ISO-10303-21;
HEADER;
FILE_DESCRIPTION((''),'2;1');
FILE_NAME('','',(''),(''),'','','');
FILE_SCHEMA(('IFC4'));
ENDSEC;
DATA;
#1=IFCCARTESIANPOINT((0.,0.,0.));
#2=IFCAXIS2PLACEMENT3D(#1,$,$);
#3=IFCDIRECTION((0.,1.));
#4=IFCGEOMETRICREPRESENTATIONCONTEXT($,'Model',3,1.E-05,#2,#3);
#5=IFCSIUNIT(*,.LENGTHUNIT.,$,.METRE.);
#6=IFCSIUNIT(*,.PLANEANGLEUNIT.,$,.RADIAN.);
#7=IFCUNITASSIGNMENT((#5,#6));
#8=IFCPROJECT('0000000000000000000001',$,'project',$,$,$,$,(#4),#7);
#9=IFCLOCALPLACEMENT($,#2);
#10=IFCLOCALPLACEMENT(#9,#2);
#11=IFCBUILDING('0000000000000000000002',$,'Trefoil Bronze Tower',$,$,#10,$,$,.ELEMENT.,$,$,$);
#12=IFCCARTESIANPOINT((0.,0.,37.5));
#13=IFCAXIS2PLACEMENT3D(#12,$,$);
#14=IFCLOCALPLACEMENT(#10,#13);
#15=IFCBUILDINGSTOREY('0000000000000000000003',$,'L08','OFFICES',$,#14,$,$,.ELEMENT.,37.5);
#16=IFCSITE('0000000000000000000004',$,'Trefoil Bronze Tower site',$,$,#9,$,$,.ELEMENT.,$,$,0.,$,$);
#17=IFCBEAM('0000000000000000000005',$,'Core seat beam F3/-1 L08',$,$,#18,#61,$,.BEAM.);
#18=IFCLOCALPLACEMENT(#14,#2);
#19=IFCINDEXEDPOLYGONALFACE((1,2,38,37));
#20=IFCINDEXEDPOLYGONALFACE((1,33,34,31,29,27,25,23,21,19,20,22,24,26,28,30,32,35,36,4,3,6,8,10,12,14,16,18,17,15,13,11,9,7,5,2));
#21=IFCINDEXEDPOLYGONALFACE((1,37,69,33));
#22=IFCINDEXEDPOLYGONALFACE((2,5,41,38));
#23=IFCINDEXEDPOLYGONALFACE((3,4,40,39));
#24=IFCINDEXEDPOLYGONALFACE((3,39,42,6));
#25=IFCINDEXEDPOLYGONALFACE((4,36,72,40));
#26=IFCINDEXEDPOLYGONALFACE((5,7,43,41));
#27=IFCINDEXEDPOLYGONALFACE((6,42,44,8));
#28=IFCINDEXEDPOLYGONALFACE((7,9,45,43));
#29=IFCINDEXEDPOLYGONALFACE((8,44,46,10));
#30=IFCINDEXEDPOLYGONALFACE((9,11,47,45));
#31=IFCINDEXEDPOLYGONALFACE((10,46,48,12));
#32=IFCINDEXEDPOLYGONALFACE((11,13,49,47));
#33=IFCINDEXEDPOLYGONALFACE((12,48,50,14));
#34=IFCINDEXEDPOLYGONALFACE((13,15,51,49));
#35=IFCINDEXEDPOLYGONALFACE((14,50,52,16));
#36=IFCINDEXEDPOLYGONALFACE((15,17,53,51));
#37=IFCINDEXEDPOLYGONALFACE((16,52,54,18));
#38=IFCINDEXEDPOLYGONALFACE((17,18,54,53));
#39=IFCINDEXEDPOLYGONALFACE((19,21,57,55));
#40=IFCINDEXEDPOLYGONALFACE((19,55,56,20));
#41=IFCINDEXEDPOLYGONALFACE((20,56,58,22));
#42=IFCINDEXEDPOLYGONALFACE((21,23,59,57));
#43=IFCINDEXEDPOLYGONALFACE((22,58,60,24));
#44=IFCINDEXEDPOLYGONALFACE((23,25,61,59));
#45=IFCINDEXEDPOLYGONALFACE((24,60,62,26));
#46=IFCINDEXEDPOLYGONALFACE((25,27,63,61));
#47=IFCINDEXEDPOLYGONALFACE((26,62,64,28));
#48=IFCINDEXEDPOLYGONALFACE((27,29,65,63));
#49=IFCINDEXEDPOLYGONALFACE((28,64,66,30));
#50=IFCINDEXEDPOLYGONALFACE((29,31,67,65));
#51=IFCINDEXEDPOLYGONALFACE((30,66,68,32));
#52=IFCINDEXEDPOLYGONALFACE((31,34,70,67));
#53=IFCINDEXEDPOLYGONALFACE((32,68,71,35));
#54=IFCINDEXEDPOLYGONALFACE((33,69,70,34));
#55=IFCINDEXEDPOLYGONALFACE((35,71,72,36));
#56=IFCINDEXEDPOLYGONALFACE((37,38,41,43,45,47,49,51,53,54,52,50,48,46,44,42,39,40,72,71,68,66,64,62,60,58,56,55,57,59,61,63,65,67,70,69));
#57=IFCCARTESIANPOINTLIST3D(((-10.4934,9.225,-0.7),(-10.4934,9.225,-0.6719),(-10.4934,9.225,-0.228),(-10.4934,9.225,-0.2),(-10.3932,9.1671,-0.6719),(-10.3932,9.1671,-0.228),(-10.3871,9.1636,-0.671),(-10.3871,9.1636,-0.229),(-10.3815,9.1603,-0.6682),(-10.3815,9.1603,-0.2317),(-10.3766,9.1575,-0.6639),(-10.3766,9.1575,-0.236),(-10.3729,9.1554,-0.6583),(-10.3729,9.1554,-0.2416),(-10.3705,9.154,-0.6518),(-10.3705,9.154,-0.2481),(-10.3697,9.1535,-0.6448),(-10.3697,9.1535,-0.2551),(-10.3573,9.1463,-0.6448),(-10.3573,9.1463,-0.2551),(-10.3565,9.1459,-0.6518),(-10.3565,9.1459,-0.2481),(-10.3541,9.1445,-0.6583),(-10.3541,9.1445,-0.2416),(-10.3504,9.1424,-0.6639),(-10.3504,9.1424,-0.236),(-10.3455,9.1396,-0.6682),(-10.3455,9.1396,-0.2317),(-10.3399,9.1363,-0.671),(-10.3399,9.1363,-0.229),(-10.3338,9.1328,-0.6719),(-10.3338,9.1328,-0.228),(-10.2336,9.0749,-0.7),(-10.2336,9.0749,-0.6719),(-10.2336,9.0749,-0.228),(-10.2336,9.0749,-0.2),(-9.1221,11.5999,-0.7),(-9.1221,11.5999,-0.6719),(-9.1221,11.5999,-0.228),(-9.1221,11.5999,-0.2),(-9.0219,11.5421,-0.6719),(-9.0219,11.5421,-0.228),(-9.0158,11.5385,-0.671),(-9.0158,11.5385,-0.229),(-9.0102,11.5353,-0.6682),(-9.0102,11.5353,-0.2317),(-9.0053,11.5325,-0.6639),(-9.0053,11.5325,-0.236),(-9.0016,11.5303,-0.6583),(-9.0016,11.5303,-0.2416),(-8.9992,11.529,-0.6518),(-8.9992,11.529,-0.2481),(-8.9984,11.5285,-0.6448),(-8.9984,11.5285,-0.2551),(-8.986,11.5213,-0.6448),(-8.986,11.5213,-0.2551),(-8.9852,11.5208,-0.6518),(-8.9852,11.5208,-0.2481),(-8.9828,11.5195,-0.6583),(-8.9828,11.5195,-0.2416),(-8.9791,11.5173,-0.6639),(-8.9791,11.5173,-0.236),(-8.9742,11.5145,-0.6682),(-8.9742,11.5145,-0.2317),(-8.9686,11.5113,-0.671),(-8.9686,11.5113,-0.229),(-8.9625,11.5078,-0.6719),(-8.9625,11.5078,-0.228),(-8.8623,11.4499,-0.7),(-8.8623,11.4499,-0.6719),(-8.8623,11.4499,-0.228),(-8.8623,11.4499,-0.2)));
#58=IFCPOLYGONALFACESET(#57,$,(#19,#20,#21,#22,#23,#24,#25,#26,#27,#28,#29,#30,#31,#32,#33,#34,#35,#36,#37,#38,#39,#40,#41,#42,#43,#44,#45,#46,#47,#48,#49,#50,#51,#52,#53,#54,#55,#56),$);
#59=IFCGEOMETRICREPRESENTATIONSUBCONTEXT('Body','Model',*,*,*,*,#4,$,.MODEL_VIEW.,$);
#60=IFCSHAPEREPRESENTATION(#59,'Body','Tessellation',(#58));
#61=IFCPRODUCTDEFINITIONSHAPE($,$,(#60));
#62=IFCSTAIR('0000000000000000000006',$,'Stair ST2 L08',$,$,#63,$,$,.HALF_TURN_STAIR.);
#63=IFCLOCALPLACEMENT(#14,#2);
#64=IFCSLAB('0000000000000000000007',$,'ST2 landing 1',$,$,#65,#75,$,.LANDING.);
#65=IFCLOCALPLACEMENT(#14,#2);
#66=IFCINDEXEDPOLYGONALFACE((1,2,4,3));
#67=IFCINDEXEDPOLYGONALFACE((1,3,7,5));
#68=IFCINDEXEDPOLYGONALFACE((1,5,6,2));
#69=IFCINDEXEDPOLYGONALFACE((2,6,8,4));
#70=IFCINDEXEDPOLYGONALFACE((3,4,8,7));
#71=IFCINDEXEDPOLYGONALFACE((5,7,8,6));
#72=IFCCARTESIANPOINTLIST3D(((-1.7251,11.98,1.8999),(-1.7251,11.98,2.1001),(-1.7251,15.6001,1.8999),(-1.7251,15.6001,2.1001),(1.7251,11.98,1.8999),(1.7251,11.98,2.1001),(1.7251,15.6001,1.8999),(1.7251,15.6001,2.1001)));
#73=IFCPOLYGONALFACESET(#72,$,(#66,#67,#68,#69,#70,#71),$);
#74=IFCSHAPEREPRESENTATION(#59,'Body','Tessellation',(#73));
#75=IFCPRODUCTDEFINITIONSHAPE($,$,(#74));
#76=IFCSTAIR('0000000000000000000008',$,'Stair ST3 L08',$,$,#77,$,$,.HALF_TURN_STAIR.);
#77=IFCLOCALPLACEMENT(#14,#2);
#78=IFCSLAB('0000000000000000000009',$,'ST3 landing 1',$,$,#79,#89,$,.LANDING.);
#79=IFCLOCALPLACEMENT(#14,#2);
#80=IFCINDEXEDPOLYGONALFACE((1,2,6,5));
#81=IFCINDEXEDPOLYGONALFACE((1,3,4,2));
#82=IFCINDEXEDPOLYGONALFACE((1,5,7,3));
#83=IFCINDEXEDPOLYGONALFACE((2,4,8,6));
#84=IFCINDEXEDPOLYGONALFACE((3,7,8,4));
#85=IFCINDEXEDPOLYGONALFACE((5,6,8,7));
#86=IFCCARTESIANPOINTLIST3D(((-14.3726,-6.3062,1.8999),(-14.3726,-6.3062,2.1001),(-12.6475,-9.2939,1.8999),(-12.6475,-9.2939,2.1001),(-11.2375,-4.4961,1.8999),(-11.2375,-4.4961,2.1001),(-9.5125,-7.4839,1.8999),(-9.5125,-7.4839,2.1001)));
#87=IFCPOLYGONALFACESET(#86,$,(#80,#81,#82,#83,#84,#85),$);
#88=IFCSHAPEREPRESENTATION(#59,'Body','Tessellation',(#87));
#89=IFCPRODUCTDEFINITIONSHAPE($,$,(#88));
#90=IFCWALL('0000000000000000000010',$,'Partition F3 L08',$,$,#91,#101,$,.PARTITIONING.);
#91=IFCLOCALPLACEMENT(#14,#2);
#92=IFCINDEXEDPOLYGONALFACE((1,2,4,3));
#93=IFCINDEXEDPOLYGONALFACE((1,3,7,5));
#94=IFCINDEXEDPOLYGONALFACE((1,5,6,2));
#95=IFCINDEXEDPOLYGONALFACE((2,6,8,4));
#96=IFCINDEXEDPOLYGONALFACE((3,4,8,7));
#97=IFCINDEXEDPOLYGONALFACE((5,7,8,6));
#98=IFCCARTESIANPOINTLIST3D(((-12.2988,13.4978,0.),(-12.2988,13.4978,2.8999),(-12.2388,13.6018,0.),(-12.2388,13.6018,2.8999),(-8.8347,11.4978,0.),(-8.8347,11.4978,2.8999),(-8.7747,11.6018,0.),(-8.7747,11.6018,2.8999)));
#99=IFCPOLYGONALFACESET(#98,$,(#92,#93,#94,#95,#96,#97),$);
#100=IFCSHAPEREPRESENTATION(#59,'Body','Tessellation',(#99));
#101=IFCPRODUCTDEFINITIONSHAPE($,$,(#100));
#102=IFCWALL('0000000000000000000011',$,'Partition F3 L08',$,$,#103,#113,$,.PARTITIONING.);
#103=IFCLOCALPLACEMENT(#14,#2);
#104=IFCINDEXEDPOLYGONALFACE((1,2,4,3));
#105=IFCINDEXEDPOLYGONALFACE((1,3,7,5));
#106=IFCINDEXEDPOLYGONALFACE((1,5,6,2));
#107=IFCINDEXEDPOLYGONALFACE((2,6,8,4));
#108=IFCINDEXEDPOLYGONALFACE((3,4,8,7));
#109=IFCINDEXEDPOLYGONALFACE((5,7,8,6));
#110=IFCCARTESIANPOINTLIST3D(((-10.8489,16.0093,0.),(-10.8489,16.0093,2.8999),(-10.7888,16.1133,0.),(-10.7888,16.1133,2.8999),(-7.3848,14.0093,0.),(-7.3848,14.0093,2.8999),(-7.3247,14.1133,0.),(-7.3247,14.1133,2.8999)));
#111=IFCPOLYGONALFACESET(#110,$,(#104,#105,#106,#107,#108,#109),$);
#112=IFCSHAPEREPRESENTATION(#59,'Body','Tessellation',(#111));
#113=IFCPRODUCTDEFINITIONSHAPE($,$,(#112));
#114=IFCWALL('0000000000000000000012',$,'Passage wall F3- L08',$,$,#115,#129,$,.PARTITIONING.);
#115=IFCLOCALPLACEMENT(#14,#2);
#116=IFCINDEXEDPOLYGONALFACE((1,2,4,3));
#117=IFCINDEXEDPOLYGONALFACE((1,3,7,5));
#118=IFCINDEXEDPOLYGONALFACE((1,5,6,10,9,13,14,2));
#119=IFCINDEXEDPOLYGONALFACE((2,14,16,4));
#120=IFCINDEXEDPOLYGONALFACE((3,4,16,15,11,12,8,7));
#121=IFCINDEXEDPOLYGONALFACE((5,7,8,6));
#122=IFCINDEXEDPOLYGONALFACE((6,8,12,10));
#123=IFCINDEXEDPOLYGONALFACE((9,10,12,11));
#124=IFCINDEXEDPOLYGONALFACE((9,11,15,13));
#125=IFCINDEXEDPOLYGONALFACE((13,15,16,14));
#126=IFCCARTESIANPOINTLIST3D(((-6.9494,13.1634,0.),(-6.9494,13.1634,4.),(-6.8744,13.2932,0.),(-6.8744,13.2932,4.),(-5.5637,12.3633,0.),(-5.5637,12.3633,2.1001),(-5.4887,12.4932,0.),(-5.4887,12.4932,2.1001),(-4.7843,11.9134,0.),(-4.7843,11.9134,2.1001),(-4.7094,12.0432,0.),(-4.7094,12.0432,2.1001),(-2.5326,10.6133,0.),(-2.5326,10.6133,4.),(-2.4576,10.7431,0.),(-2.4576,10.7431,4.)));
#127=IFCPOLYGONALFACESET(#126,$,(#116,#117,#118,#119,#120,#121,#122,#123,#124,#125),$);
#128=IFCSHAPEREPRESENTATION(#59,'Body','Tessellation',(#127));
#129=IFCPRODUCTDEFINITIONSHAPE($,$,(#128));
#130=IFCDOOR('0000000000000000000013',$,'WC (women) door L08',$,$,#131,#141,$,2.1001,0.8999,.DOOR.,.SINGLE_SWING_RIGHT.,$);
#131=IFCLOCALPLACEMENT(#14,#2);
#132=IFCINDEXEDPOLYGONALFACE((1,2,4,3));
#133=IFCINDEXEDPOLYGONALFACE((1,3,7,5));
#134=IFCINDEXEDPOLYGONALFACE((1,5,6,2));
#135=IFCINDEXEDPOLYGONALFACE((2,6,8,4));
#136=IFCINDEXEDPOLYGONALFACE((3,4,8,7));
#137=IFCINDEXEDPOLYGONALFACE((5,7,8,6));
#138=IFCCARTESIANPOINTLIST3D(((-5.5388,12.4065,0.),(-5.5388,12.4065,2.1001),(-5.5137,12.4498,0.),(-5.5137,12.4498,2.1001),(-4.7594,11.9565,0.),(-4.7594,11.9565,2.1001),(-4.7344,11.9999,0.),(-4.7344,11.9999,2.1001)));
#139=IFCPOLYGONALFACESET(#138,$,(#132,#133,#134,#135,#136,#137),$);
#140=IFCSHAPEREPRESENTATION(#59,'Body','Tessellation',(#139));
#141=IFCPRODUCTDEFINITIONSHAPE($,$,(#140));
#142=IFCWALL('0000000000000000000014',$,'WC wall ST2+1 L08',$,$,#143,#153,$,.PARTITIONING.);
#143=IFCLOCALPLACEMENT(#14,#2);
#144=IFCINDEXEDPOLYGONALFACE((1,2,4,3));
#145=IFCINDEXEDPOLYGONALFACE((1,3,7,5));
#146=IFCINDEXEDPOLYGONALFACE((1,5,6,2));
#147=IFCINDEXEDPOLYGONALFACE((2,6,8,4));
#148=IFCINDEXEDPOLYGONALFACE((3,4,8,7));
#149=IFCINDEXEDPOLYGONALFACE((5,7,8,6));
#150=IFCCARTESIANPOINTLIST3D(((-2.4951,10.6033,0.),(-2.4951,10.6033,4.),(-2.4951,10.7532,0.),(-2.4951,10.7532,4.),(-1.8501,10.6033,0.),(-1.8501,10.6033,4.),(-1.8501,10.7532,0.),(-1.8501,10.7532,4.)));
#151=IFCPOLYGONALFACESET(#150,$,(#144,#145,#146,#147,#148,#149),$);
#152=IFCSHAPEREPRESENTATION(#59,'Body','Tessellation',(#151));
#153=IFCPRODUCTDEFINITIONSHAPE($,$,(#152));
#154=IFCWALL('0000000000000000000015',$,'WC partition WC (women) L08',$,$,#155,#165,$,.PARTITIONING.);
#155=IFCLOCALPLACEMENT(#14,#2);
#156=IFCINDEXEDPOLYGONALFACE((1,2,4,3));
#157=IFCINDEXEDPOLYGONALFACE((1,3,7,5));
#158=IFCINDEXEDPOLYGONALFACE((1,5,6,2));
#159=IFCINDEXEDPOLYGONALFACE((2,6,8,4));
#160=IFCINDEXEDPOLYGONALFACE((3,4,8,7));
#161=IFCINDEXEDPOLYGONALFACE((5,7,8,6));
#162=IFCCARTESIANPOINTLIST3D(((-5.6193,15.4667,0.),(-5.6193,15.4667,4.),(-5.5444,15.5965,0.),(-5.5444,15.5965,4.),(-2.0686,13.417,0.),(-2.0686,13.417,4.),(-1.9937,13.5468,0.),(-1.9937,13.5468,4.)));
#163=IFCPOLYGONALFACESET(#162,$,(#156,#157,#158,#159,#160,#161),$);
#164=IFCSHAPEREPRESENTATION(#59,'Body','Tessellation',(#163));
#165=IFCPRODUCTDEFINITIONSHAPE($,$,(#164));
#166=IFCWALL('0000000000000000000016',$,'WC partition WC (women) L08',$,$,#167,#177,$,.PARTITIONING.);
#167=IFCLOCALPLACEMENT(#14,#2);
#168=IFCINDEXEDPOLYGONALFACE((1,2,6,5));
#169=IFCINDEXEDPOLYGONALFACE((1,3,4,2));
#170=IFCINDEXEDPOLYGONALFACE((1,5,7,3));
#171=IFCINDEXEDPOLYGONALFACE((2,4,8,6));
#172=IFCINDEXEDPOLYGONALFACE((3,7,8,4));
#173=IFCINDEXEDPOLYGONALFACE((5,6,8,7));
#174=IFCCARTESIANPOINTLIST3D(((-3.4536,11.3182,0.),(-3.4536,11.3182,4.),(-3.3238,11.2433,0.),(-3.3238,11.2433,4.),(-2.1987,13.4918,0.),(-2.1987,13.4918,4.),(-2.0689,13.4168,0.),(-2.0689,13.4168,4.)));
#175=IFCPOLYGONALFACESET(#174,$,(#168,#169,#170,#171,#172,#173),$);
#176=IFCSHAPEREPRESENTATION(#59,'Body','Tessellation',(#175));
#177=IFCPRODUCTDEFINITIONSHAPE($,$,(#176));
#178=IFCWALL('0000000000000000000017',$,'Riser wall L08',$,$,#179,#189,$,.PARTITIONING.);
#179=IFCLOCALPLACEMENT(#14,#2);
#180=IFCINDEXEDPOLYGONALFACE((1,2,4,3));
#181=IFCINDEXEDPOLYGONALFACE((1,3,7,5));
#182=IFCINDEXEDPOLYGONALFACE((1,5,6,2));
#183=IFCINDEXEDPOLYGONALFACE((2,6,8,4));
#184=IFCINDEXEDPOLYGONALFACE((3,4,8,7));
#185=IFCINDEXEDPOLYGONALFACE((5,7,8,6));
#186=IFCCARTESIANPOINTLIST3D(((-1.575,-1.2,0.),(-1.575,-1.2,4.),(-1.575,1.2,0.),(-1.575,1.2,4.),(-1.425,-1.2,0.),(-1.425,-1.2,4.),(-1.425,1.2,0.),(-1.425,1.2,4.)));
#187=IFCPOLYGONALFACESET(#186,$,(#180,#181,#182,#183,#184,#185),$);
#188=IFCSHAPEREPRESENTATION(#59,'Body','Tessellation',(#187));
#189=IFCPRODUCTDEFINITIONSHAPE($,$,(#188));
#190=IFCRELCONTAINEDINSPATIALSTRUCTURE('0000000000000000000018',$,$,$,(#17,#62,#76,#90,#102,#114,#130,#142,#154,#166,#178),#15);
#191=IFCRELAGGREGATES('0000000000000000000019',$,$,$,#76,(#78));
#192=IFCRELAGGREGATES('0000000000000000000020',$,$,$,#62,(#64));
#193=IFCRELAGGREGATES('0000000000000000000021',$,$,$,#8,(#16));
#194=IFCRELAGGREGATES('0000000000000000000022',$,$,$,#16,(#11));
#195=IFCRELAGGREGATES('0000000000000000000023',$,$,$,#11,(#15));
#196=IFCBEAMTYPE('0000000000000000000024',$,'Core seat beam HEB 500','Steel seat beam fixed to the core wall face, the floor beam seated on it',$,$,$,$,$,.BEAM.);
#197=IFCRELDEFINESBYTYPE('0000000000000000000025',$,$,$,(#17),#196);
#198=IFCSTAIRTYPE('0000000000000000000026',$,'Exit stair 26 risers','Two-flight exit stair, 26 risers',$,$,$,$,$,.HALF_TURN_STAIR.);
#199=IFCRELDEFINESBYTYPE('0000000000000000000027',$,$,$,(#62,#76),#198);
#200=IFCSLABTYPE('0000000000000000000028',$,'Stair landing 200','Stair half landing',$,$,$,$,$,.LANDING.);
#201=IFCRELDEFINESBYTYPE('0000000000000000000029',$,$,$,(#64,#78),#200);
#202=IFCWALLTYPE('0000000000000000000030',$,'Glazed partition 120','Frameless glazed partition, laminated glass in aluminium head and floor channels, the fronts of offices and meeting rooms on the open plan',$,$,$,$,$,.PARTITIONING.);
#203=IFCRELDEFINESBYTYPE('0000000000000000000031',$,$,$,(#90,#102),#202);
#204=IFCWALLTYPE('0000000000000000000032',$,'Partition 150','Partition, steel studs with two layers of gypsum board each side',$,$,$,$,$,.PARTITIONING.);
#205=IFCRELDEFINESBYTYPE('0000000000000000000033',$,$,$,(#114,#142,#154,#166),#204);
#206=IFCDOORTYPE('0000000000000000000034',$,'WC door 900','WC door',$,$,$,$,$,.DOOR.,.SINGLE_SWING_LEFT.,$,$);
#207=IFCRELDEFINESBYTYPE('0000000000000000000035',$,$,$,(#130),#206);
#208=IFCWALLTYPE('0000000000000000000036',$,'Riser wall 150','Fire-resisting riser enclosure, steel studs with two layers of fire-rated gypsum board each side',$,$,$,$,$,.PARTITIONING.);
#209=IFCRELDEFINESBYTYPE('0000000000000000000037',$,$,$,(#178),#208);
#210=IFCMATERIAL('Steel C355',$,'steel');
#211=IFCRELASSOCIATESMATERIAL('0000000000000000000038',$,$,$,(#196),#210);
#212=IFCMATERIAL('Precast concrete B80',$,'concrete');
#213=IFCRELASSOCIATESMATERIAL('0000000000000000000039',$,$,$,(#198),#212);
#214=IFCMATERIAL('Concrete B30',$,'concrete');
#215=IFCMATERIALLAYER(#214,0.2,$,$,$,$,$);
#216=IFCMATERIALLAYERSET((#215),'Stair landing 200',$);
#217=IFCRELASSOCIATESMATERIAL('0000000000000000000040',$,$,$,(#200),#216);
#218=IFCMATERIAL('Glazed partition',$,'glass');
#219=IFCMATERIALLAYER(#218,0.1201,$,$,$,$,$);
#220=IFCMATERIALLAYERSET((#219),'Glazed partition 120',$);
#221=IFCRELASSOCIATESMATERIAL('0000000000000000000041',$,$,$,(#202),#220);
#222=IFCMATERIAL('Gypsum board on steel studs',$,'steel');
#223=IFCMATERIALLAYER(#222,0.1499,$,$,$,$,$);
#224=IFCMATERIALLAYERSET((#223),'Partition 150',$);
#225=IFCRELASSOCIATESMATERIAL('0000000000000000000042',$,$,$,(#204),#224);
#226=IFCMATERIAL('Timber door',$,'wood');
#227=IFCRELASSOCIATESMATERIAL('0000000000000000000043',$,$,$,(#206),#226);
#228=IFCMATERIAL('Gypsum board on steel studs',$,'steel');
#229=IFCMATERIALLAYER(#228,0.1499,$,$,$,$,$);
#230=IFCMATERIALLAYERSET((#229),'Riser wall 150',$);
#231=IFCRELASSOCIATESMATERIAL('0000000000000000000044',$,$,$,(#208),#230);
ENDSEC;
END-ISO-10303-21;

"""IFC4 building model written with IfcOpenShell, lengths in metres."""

from ifc_helpers import new_model, si_unit, direction, frame, frame_2d, origin, origin_2d, place, context, subcontext, project, spatial, polyline, rectangle, i_section, outline, extrude, material, layer, layer_set, material_profile, profile_set, type_object, element, fill, aggregate, save


model = new_model("IFC4")

# Units and contexts
model_context = context("Model", 3, precision=1e-05, world=origin(), true_north=direction((0.0, 1.0)))
body_context = subcontext(model_context, "Body", "Model", "MODEL_VIEW")
ifc_project = project(units=[si_unit("LENGTHUNIT", "METRE"), si_unit("PLANEANGLEUNIT", "RADIAN")], contexts=[model_context])

# Site, building, storey
site_placement = place(None, origin())
site = spatial("IfcSite", under=ifc_project, at=site_placement, Name="Trefoil Bronze Tower site", CompositionType="ELEMENT", RefElevation=0.0)
building_placement = place(site_placement, origin())
building = spatial("IfcBuilding", under=site, at=building_placement, Name="Trefoil Bronze Tower", CompositionType="ELEMENT")
storey_placement = place(building_placement, frame((0.0, 0.0, 37.5)))
storey = spatial("IfcBuildingStorey", under=building, at=storey_placement, Name="L08", Description="OFFICES", CompositionType="ELEMENT", Elevation=37.5)

# Beam
ifc_material_1 = material(Name="Steel C355", Category="steel")
ifc_material_profile = material_profile(ifc_material_1, i_section(OverallWidth=0.3, OverallDepth=0.5, WebThickness=0.0144, FlangeThickness=0.0281, FilletRadius=0.0271, at=origin_2d()), Name="HEB 500")
ifc_profile_set = profile_set([ifc_material_profile], Name="Steel C355")
beam_type = type_object("IfcBeamType", Name="Core seat beam HEB 500", Description="Steel seat beam fixed to the core wall face, the floor beam seated on it", PredefinedType="BEAM", material=ifc_profile_set)
beam_placement = place(storey_placement, frame((-8.9922, 11.5249, -0.45), z_axis=(-0.500036, -0.866005, 0.0), x_axis=(0.866005, -0.500036, 0.0)))
element("IfcBeam", 1, at=beam_placement, inside=storey, type_object=beam_type, Name="Core seat beam F3/-1 L08", PredefinedType="BEAM", context=body_context, shape_type="SweptSolid", body=[
    extrude(i_section(OverallWidth=0.3, OverallDepth=0.5, WebThickness=0.0144, FlangeThickness=0.0281, FilletRadius=0.0271, at=origin_2d()), origin(), (0.0, 0.0, 1.0), 2.7424),
])

# Stairs, slabs
ifc_material_2 = material(Name="Precast concrete B80", Category="concrete")
stair_type = type_object("IfcStairType", Name="Exit stair 26 risers", Description="Two-flight exit stair, 26 risers", PredefinedType="HALF_TURN_STAIR", material=ifc_material_2)
stair_1_placement = place(storey_placement, origin())
stair_1 = element("IfcStair", 2, at=stair_1_placement, inside=storey, type_object=stair_type, Name="Stair ST2 L08", PredefinedType="HALF_TURN_STAIR")
ifc_material_3 = material(Name="Concrete B30", Category="concrete")
ifc_layer_1 = layer(ifc_material_3, 0.2)
ifc_layer_set_1 = layer_set([ifc_layer_1], Name="Stair landing 200")
slab_type = type_object("IfcSlabType", Name="Stair landing 200", Description="Stair half landing", PredefinedType="LANDING", material=ifc_layer_set_1)
slab_1_placement = place(storey_placement, frame((0.0, 0.0, 1.8999)))
slab_1 = element("IfcSlab", 3, at=slab_1_placement, type_object=slab_type, Name="ST2 landing 1", PredefinedType="LANDING", context=body_context, shape_type="SweptSolid", body=[
    extrude(outline(polyline([(1.7251, 11.98), (1.7251, 15.6001), (-1.7251, 15.6001), (-1.7251, 11.98), (1.7251, 11.98)])), origin(), (0.0, 0.0, 1.0), 0.2002),
])
stair_2_placement = place(storey_placement, origin())
stair_2 = element("IfcStair", 4, at=stair_2_placement, inside=storey, type_object=stair_type, Name="Stair ST3 L08", PredefinedType="HALF_TURN_STAIR")
slab_2_placement = place(storey_placement, frame((0.0, 0.0, 1.8999)))
slab_2 = element("IfcSlab", 5, at=slab_2_placement, type_object=slab_type, Name="ST3 landing 1", PredefinedType="LANDING", context=body_context, shape_type="SweptSolid", body=[
    extrude(outline(polyline([(-11.2375, -4.4961), (-14.3726, -6.3062), (-12.6475, -9.2939), (-9.5125, -7.4839), (-11.2375, -4.4961)])), origin(), (0.0, 0.0, 1.0), 0.2002),
])
aggregate(stair_2, [slab_2])

# Walls
ifc_material_4 = material(Name="Glazed partition", Category="glass")
ifc_layer_2 = layer(ifc_material_4, 0.1201)
ifc_layer_set_2 = layer_set([ifc_layer_2], Name="Glazed partition 120")
wall_type_1 = type_object("IfcWallType", Name="Glazed partition 120", Description="Frameless glazed partition, laminated glass in aluminium head and floor channels, the fronts of offices and meeting rooms on the open plan", PredefinedType="PARTITIONING", material=ifc_layer_set_2)
for number, where, z_axis, x_axis, name in (
    (6, (-8.8047, 11.5498, 0.0), (0.0, 0.0, 1.0), (-0.866026, 0.499999, 0.0), "Partition F3 L08"),
    (7, (-7.3547, 14.0613, 0.0), (0.0, 0.0, 1.0), (-0.866026, 0.499999, 0.0), "Partition F3 L08"),
):
    element("IfcWall", number, at=place(storey_placement, frame(where, z_axis=z_axis, x_axis=x_axis)), inside=storey, type_object=wall_type_1, Name=name, PredefinedType="PARTITIONING", context=body_context, shape_type="SweptSolid", body=[
        extrude(rectangle(XDim=4.0, YDim=0.1201, at=frame_2d((2.0, 0.0))), origin(), (0.0, 0.0, 1.0), 2.8999),
    ])

# Wall, opening, door
ifc_material_5 = material(Name="Gypsum board on steel studs", Category="steel")
ifc_layer_3 = layer(ifc_material_5, 0.1499)
ifc_layer_set_3 = layer_set([ifc_layer_3], Name="Partition 150")
wall_type_2 = type_object("IfcWallType", Name="Partition 150", Description="Partition, steel studs with two layers of gypsum board each side", PredefinedType="PARTITIONING", material=ifc_layer_set_3)
wall_1_placement = place(storey_placement, frame((-2.4951, 10.6782, 0.0), z_axis=(0.0, 0.0, 1.0), x_axis=(-0.866022, 0.500006, 0.0)))
wall_1 = element("IfcWall", 8, at=wall_1_placement, inside=storey, type_object=wall_type_2, Name="Passage wall F3- L08", PredefinedType="PARTITIONING", context=body_context, shape_type="SweptSolid", body=[
    extrude(rectangle(XDim=5.1001, YDim=0.1499, at=frame_2d((2.55, 0.0))), origin(), (0.0, 0.0, 1.0), 4.0),
])
opening_1_placement = place(wall_1_placement, frame((2.6001, 0.0, 0.0)))
opening_1 = element("IfcOpeningElement", 9, at=opening_1_placement, cuts=wall_1, PredefinedType="OPENING", context=body_context, shape_type="SweptSolid", body=[
    extrude(rectangle(XDim=0.8999, YDim=2.1001, at=frame_2d((0.45, 1.05))), frame((0.0, 0.085, 0.0), z_axis=(0.0, -1.0, 0.0), x_axis=(1.0, 0.0, 0.0)), (0.0, 0.0, 1.0), 0.1699),
])
ifc_material_6 = material(Name="Timber door", Category="wood")
door_type_1 = type_object("IfcDoorType", Name="WC door 900", Description="WC door", OperationType="SINGLE_SWING_LEFT", PredefinedType="DOOR", material=ifc_material_6)
door_1_placement = place(opening_1_placement, frame((0.8999, 0.0, 0.0), z_axis=(0.0, 0.0, 1.0), x_axis=(-1.0, 0.0, 0.0)))
door_1 = element("IfcDoor", 10, at=door_1_placement, inside=storey, type_object=door_type_1, Name="WC (women) door L08", OperationType="SINGLE_SWING_RIGHT", OverallHeight=2.1001, OverallWidth=0.8999, PredefinedType="DOOR", context=body_context, shape_type="SweptSolid", body=[
    extrude(rectangle(XDim=0.8999, YDim=2.1001, at=frame_2d((0.45, 1.05))), frame((0.0, 0.0249, 0.0), z_axis=(0.0, -1.0, 0.0), x_axis=(1.0, 0.0, 0.0)), (0.0, 0.0, 1.0), 0.05),
])
fill(opening_1, door_1)

# Walls
wall_2_placement = place(storey_placement, frame((-2.4951, 10.6782, 0.0), z_axis=(0.0, 0.0, 1.0), x_axis=(1.0, 0.0, 0.0)))
element("IfcWall", 11, at=wall_2_placement, inside=storey, type_object=wall_type_2, Name="WC wall ST2+1 L08", PredefinedType="PARTITIONING", context=body_context, shape_type="SweptSolid", body=[
    extrude(rectangle(XDim=0.645, YDim=0.1499, at=frame_2d((0.3225, 0.0))), origin(), (0.0, 0.0, 1.0), 4.0),
])
wall_3_placement = place(storey_placement, frame((-2.0312, 13.4819, 0.0), z_axis=(0.0, 0.0, 1.0), x_axis=(-0.866051, 0.499956, 0.0)))
element("IfcWall", 12, at=wall_3_placement, inside=storey, type_object=wall_type_2, Name="WC partition WC (women) L08", PredefinedType="PARTITIONING", context=body_context, shape_type="SweptSolid", body=[
    extrude(rectangle(XDim=4.0999, YDim=0.1499, at=frame_2d((2.0498, 0.0))), origin(), (0.0, 0.0, 1.0), 4.0),
])
wall_4_placement = place(storey_placement, frame((-3.3887, 11.2808, 0.0), z_axis=(0.0, 0.0, 1.0), x_axis=(0.499989, 0.866032, 0.0)))
element("IfcWall", 13, at=wall_4_placement, inside=storey, type_object=wall_type_2, Name="WC partition WC (women) L08", PredefinedType="PARTITIONING", context=body_context, shape_type="SweptSolid", body=[
    extrude(rectangle(XDim=2.5098, YDim=0.1499, at=frame_2d((1.2549, 0.0))), origin(), (0.0, 0.0, 1.0), 4.0),
])
ifc_material_7 = material(Name="Gypsum board on steel studs", Category="steel")
ifc_layer_4 = layer(ifc_material_7, 0.1499)
ifc_layer_set_4 = layer_set([ifc_layer_4], Name="Riser wall 150")
wall_type_3 = type_object("IfcWallType", Name="Riser wall 150", Description="Fire-resisting riser enclosure, steel studs with two layers of fire-rated gypsum board each side", PredefinedType="PARTITIONING", material=ifc_layer_set_4)
wall_5_placement = place(storey_placement, frame((-1.5, 1.2, 0.0), z_axis=(0.0, 0.0, 1.0), x_axis=(0.0, -1.0, 0.0)))
element("IfcWall", 14, at=wall_5_placement, inside=storey, type_object=wall_type_3, Name="Riser wall L08", PredefinedType="PARTITIONING", context=body_context, shape_type="SweptSolid", body=[
    extrude(rectangle(XDim=2.3999, YDim=0.1499, at=frame_2d((1.2, 0.0))), origin(), (0.0, 0.0, 1.0), 4.0),
])

aggregate(stair_1, [slab_1])

save(model, "model.ifc")
